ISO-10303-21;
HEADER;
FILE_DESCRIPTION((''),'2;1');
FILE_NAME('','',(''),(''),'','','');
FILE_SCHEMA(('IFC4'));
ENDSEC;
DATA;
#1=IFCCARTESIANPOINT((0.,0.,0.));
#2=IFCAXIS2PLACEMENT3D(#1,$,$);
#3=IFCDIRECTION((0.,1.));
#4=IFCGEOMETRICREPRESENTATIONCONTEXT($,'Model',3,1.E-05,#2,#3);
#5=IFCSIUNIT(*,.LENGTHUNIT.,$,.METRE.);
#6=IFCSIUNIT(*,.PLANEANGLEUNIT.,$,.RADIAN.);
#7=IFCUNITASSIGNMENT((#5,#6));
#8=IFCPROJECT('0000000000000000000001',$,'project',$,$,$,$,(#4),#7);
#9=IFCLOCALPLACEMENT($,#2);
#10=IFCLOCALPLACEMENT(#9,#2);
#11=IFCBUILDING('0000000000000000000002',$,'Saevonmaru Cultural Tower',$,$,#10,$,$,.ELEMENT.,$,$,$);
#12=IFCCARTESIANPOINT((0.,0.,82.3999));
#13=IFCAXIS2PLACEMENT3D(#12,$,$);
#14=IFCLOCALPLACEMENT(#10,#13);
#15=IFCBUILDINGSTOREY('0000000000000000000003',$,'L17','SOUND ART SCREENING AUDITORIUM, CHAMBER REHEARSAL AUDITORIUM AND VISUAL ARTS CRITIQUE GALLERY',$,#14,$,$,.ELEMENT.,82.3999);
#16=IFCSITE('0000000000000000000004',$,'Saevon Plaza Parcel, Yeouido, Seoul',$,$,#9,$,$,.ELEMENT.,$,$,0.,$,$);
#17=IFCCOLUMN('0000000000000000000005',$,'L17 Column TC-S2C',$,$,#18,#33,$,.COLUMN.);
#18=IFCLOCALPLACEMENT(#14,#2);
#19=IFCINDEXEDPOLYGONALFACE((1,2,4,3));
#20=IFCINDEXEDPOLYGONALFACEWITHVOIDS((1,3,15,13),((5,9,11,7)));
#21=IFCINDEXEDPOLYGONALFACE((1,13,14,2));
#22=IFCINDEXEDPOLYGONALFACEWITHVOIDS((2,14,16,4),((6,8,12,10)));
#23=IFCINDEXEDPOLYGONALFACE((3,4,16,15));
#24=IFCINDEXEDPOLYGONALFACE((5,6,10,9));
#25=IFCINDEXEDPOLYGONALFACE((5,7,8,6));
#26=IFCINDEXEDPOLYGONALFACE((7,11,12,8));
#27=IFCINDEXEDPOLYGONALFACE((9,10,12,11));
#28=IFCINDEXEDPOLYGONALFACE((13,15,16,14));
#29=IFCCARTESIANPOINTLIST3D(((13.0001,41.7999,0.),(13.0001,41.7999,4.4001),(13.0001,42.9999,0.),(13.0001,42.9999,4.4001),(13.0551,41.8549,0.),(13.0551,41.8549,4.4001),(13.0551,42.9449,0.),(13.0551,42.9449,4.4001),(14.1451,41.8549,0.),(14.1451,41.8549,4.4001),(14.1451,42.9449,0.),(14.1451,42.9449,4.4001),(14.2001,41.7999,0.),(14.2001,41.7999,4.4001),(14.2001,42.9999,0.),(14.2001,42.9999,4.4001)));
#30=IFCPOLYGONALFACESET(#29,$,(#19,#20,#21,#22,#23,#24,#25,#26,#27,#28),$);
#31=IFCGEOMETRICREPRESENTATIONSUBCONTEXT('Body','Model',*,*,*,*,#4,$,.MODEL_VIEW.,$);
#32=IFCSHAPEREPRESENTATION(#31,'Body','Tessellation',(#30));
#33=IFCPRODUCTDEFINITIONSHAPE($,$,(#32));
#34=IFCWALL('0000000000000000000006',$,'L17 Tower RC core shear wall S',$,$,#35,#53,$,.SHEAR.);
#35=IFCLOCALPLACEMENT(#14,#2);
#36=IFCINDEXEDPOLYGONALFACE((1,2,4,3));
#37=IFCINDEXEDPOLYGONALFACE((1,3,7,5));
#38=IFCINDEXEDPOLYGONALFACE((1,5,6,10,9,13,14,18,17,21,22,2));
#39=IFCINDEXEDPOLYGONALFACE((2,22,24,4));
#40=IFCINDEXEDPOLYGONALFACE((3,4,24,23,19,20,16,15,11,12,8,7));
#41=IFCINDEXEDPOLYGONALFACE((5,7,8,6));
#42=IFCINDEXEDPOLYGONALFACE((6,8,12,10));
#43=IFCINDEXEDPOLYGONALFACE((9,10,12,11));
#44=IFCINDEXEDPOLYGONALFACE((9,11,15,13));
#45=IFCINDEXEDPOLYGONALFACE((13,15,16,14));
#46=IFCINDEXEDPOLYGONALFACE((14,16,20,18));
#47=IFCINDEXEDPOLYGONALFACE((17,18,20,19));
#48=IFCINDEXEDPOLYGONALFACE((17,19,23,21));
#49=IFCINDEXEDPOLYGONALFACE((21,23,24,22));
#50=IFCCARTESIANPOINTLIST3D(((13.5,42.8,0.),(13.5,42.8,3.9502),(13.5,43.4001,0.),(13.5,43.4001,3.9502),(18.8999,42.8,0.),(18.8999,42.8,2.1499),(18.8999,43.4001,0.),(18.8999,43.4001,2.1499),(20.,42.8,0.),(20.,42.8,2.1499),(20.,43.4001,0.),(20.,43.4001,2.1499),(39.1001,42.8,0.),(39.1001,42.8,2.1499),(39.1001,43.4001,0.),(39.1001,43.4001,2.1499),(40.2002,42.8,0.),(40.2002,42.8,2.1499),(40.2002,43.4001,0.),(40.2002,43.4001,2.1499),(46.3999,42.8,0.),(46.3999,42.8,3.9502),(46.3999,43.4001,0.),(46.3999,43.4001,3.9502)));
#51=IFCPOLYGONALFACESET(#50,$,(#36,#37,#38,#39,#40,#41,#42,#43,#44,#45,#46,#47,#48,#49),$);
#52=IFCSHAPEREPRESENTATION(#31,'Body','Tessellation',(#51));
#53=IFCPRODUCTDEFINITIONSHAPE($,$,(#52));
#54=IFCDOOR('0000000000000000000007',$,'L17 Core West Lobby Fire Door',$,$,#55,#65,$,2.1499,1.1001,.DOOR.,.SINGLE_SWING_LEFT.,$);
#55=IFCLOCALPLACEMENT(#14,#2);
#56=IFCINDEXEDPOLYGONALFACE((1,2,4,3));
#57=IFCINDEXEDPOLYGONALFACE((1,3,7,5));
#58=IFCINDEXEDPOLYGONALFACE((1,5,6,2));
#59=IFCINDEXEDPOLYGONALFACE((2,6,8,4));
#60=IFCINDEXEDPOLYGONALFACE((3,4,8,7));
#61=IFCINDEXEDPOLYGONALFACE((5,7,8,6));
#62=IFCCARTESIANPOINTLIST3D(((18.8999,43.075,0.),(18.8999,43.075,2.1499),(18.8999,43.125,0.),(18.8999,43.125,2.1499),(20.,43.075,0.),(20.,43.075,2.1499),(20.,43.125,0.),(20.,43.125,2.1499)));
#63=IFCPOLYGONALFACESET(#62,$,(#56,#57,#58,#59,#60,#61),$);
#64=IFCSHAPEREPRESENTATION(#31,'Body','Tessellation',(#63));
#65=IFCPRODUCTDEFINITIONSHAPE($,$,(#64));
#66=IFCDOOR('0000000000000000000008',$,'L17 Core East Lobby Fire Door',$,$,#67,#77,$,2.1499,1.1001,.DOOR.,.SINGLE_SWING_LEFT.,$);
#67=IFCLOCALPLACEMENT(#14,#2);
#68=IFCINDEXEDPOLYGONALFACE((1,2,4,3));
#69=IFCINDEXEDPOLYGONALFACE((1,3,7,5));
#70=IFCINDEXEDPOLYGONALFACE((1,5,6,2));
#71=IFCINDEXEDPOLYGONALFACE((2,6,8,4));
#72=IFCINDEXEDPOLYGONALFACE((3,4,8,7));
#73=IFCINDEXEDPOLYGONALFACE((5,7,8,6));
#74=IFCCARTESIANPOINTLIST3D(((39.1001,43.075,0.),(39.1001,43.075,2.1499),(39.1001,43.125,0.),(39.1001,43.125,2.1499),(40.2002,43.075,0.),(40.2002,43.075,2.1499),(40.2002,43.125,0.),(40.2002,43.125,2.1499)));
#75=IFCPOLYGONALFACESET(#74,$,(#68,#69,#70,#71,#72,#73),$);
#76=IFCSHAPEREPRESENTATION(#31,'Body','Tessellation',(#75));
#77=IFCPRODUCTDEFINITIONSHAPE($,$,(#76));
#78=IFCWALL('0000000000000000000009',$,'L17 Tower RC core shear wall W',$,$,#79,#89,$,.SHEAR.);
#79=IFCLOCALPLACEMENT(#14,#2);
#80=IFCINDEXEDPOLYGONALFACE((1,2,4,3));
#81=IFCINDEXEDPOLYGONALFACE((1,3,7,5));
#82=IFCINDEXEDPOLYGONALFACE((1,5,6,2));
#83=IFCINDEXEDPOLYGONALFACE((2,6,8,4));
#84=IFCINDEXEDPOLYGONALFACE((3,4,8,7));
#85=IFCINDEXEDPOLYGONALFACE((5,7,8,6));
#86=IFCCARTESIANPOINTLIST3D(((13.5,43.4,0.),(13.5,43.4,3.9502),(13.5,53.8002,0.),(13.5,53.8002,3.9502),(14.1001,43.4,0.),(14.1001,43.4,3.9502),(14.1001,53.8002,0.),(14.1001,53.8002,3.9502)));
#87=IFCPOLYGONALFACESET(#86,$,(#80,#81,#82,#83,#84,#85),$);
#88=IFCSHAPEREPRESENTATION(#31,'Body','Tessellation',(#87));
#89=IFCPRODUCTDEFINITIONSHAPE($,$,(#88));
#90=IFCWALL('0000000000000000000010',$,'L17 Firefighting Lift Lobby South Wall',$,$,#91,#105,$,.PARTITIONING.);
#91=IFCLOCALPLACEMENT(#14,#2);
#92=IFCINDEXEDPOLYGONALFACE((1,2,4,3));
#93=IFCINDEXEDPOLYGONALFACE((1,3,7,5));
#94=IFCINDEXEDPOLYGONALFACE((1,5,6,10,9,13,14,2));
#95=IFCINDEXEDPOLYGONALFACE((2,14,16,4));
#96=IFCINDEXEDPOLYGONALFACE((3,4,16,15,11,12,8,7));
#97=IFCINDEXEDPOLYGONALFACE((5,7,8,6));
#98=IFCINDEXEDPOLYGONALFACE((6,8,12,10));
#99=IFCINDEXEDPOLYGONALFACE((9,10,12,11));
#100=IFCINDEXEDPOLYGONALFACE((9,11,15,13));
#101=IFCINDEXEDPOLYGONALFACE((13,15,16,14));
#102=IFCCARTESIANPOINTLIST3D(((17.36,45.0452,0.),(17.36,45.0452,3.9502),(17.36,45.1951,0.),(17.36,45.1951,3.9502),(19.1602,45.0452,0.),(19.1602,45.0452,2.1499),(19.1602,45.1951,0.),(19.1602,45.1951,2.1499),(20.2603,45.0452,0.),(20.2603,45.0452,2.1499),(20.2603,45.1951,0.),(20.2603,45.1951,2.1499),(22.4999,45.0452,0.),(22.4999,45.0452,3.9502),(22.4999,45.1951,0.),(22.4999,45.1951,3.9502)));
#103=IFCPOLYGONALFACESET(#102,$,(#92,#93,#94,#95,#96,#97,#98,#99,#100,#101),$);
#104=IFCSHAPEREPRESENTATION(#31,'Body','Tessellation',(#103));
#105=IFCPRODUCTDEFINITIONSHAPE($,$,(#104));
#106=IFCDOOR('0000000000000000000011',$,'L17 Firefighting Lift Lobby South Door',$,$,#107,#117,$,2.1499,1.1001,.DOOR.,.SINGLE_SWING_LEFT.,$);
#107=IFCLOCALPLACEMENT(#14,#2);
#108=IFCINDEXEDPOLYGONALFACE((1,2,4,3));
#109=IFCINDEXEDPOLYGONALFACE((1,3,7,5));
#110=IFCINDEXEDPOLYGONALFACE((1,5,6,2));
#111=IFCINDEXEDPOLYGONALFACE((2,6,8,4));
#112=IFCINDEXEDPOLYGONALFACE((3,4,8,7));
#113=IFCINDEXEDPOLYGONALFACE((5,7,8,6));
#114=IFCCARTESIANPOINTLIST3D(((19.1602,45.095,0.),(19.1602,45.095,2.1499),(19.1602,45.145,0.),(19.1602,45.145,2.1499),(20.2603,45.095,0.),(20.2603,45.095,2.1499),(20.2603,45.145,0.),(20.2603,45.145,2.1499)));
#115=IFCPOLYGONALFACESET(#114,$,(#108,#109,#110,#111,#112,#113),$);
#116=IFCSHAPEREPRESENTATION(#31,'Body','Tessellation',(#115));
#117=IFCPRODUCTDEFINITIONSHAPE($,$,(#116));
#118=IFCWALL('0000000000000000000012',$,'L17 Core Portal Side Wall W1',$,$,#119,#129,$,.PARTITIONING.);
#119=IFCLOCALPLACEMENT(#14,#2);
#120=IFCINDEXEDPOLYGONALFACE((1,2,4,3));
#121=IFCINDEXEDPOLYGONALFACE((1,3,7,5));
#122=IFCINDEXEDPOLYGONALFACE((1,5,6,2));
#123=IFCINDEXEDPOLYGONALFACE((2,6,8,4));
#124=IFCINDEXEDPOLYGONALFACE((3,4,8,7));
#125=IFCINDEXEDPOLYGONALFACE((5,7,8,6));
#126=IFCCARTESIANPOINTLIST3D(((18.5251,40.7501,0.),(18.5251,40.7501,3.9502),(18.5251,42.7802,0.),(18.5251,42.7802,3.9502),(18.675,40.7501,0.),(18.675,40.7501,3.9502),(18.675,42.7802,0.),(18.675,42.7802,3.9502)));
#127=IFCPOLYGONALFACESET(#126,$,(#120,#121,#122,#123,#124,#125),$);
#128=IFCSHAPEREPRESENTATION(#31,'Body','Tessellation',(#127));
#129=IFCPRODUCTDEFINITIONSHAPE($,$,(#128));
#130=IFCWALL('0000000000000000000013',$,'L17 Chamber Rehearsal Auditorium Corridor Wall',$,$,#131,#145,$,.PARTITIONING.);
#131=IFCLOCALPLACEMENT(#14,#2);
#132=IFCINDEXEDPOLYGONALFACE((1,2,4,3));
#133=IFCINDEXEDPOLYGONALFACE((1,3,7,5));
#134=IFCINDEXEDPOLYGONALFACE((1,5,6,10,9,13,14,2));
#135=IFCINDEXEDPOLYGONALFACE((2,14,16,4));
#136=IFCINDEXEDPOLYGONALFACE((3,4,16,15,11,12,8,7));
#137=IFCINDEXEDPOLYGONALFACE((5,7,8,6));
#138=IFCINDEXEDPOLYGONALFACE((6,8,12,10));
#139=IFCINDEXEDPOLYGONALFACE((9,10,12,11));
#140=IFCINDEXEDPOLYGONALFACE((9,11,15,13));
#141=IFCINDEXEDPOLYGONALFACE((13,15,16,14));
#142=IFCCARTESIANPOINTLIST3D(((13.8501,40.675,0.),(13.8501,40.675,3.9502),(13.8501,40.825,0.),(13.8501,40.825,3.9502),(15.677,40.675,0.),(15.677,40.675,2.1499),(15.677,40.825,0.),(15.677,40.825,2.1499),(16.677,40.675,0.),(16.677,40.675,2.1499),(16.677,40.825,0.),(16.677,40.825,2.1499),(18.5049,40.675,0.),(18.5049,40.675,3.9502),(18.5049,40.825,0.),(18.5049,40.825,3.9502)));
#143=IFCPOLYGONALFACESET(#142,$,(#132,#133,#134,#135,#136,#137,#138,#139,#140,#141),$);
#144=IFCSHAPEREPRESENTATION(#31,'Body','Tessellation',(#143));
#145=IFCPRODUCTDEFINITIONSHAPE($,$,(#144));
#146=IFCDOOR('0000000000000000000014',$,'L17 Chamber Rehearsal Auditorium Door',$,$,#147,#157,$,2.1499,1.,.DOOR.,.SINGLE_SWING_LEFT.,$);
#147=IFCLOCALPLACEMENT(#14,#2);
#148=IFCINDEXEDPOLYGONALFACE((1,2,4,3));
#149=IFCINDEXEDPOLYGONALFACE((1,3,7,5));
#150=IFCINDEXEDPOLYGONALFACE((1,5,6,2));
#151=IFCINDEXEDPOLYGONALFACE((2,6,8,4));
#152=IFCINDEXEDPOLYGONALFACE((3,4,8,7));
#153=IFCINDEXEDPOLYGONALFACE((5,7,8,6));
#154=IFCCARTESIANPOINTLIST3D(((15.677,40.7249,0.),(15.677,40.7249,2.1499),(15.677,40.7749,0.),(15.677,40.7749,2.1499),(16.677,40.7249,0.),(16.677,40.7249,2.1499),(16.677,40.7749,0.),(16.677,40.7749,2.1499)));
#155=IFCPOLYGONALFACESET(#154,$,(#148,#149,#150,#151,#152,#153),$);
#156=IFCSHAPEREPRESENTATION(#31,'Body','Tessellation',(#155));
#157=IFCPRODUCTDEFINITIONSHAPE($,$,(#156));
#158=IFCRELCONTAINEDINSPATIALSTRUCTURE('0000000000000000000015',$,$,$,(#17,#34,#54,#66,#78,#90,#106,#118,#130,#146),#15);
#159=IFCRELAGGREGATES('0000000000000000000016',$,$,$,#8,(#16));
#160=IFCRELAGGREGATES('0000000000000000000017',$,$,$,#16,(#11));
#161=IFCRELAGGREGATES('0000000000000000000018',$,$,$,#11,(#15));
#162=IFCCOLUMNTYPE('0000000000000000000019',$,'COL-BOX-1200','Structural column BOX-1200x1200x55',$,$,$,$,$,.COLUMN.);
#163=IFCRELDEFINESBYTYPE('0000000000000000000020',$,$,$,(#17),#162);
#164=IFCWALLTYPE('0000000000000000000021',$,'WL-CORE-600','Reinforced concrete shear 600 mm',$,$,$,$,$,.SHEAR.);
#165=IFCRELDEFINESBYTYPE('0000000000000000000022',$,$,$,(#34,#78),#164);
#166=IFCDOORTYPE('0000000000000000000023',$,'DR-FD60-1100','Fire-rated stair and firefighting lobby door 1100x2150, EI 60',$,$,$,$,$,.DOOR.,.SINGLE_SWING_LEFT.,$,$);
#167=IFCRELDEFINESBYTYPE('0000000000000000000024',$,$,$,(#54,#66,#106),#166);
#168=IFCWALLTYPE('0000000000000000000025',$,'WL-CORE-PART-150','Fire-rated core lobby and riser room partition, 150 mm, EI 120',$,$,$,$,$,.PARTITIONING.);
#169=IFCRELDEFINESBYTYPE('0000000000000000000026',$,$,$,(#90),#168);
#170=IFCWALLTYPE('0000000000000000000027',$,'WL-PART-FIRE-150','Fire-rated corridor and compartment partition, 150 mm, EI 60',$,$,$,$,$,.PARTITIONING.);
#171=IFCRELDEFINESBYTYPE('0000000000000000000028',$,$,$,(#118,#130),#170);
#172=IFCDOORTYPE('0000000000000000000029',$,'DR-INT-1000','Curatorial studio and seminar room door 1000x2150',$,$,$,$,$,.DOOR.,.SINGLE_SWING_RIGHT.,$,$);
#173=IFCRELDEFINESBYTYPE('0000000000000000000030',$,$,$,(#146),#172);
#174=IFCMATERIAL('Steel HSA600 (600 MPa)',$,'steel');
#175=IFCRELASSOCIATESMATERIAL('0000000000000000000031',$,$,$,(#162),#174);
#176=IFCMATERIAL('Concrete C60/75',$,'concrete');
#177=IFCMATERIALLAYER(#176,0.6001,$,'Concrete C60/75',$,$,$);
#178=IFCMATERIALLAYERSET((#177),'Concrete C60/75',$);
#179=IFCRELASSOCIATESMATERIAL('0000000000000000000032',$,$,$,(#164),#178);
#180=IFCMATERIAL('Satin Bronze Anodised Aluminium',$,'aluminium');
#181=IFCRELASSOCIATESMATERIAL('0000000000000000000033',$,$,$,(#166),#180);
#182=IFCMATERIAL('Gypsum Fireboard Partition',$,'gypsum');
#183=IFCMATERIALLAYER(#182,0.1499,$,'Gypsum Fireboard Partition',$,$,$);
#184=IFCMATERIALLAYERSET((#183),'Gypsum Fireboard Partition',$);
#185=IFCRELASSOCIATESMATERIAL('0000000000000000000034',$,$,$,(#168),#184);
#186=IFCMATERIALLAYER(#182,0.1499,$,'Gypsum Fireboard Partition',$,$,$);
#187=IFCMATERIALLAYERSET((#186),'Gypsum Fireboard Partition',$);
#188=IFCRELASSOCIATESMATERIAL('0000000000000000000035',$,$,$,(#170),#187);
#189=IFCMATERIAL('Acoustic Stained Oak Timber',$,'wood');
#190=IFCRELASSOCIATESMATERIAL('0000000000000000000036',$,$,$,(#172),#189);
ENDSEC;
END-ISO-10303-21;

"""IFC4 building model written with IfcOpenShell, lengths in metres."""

from ifc_helpers import new_model, si_unit, direction, frame, frame_2d, origin, origin_2d, place, context, subcontext, project, spatial, rectangle, hollow_rectangle, extrude, material, layer, layer_set, material_profile, profile_set, type_object, element, fill, save


model = new_model("IFC4")

# Units and contexts
model_context = context("Model", 3, precision=1e-05, world=origin(), true_north=direction((0.0, 1.0)))
body_context = subcontext(model_context, "Body", "Model", "MODEL_VIEW")
ifc_project = project(units=[si_unit("LENGTHUNIT", "METRE"), si_unit("PLANEANGLEUNIT", "RADIAN")], contexts=[model_context])

# Site, building, storey
site_placement = place(None, origin())
site = spatial("IfcSite", under=ifc_project, at=site_placement, Name="Saevon Plaza Parcel, Yeouido, Seoul", CompositionType="ELEMENT", RefElevation=0.0)
building_placement = place(site_placement, origin())
building = spatial("IfcBuilding", under=site, at=building_placement, Name="Saevonmaru Cultural Tower", CompositionType="ELEMENT")
storey_placement = place(building_placement, frame((0.0, 0.0, 82.3999)))
storey = spatial("IfcBuildingStorey", under=building, at=storey_placement, Name="L17", Description="SOUND ART SCREENING AUDITORIUM, CHAMBER REHEARSAL AUDITORIUM AND VISUAL ARTS CRITIQUE GALLERY", CompositionType="ELEMENT", Elevation=82.3999)

# Column
ifc_material_1 = material(Name="Steel HSA600 (600 MPa)", Category="steel")
ifc_material_profile = material_profile(ifc_material_1, hollow_rectangle(XDim=1.2, YDim=1.2, WallThickness=0.0549, at=origin_2d()), Name="BOX-1200x1200x55")
ifc_profile_set = profile_set([ifc_material_profile], Name="Steel HSA600 (600 MPa)")
column_type = type_object("IfcColumnType", Name="COL-BOX-1200", Description="Structural column BOX-1200x1200x55", PredefinedType="COLUMN", material=ifc_profile_set)
column_placement = place(storey_placement, frame((13.6001, 42.3999, 0.0), z_axis=(0.0, 0.0, 1.0), x_axis=(1.0, 0.0, 0.0)))
element("IfcColumn", 1, at=column_placement, inside=storey, type_object=column_type, Name="L17 Column TC-S2C", PredefinedType="COLUMN", context=body_context, shape_type="SweptSolid", body=[
    extrude(hollow_rectangle(XDim=1.2, YDim=1.2, WallThickness=0.0549, at=origin_2d()), origin(), (0.0, 0.0, 1.0), 4.4001),
])

# Wall, openings, doors
ifc_material_2 = material(Name="Concrete C60/75", Category="concrete")
ifc_layer_1 = layer(ifc_material_2, 0.6001, Name="Concrete C60/75")
ifc_layer_set_1 = layer_set([ifc_layer_1], Name="Concrete C60/75")
wall_type_1 = type_object("IfcWallType", Name="WL-CORE-600", Description="Reinforced concrete shear 600 mm", PredefinedType="SHEAR", material=ifc_layer_set_1)
wall_1_placement = place(storey_placement, frame((13.5, 43.1001, 0.0), z_axis=(0.0, 0.0, 1.0), x_axis=(1.0, 0.0, 0.0)))
wall_1 = element("IfcWall", 2, at=wall_1_placement, inside=storey, type_object=wall_type_1, Name="L17 Tower RC core shear wall S", PredefinedType="SHEAR", context=body_context, shape_type="SweptSolid", body=[
    extrude(rectangle(XDim=32.8999, YDim=0.6001, at=frame_2d((16.45, 0.0))), origin(), (0.0, 0.0, 1.0), 3.9502),
])
opening_1_placement = place(wall_1_placement, frame((5.3999, 0.0, 0.0)))
opening_1 = element("IfcOpeningElement", 3, at=opening_1_placement, cuts=wall_1, PredefinedType="OPENING", context=body_context, shape_type="SweptSolid", body=[
    extrude(rectangle(XDim=1.1001, YDim=2.1499, at=frame_2d((0.55, 1.075))), frame((0.0, 0.3101, 0.0), z_axis=(0.0, -1.0, 0.0), x_axis=(1.0, 0.0, 0.0)), (0.0, 0.0, 1.0), 0.6201),
])
opening_2_placement = place(wall_1_placement, frame((25.6001, 0.0, 0.0)))
opening_2 = element("IfcOpeningElement", 4, at=opening_2_placement, cuts=wall_1, PredefinedType="OPENING", context=body_context, shape_type="SweptSolid", body=[
    extrude(rectangle(XDim=1.1001, YDim=2.1499, at=frame_2d((0.55, 1.075))), frame((0.0, 0.3101, 0.0), z_axis=(0.0, -1.0, 0.0), x_axis=(1.0, 0.0, 0.0)), (0.0, 0.0, 1.0), 0.6201),
])
ifc_material_3 = material(Name="Satin Bronze Anodised Aluminium", Category="aluminium")
door_type_1 = type_object("IfcDoorType", Name="DR-FD60-1100", Description="Fire-rated stair and firefighting lobby door 1100x2150, EI 60", OperationType="SINGLE_SWING_LEFT", PredefinedType="DOOR", material=ifc_material_3)
door_1_placement = place(opening_1_placement, origin())
door_1 = element("IfcDoor", 5, at=door_1_placement, inside=storey, type_object=door_type_1, Name="L17 Core West Lobby Fire Door", OperationType="SINGLE_SWING_LEFT", OverallHeight=2.1499, OverallWidth=1.1001, PredefinedType="DOOR", context=body_context, shape_type="SweptSolid", body=[
    extrude(rectangle(XDim=1.1001, YDim=2.1499, at=frame_2d((0.55, 1.075))), frame((0.0, 0.0249, 0.0), z_axis=(0.0, -1.0, 0.0), x_axis=(1.0, 0.0, 0.0)), (0.0, 0.0, 1.0), 0.05),
])
fill(opening_1, door_1)
door_2_placement = place(opening_2_placement, origin())
door_2 = element("IfcDoor", 6, at=door_2_placement, inside=storey, type_object=door_type_1, Name="L17 Core East Lobby Fire Door", OperationType="SINGLE_SWING_LEFT", OverallHeight=2.1499, OverallWidth=1.1001, PredefinedType="DOOR", context=body_context, shape_type="SweptSolid", body=[
    extrude(rectangle(XDim=1.1001, YDim=2.1499, at=frame_2d((0.55, 1.075))), frame((0.0, 0.0249, 0.0), z_axis=(0.0, -1.0, 0.0), x_axis=(1.0, 0.0, 0.0)), (0.0, 0.0, 1.0), 0.05),
])
fill(opening_2, door_2)

# Wall
wall_2_placement = place(storey_placement, frame((13.8, 43.3999, 0.0), z_axis=(0.0, 0.0, 1.0), x_axis=(0.0, 1.0, 0.0)))
element("IfcWall", 7, at=wall_2_placement, inside=storey, type_object=wall_type_1, Name="L17 Tower RC core shear wall W", PredefinedType="SHEAR", context=body_context, shape_type="SweptSolid", body=[
    extrude(rectangle(XDim=10.4001, YDim=0.6001, at=frame_2d((5.2002, 0.0))), origin(), (0.0, 0.0, 1.0), 3.9502),
])

# Wall, opening, door
ifc_material_4 = material(Name="Gypsum Fireboard Partition", Category="gypsum")
ifc_layer_2 = layer(ifc_material_4, 0.1499, Name="Gypsum Fireboard Partition")
ifc_layer_set_2 = layer_set([ifc_layer_2], Name="Gypsum Fireboard Partition")
wall_type_2 = type_object("IfcWallType", Name="WL-CORE-PART-150", Description="Fire-rated core lobby and riser room partition, 150 mm, EI 120", PredefinedType="PARTITIONING", material=ifc_layer_set_2)
wall_3_placement = place(storey_placement, frame((17.3601, 45.1201, 0.0), z_axis=(0.0, 0.0, 1.0), x_axis=(1.0, 0.0, 0.0)))
wall_3 = element("IfcWall", 8, at=wall_3_placement, inside=storey, type_object=wall_type_2, Name="L17 Firefighting Lift Lobby South Wall", PredefinedType="PARTITIONING", context=body_context, shape_type="SweptSolid", body=[
    extrude(rectangle(XDim=5.1399, YDim=0.1499, at=frame_2d((2.5698, 0.0))), origin(), (0.0, 0.0, 1.0), 3.9502),
])
opening_3_placement = place(wall_3_placement, frame((1.8, 0.0, 0.0)))
opening_3 = element("IfcOpeningElement", 9, at=opening_3_placement, cuts=wall_3, PredefinedType="OPENING", context=body_context, shape_type="SweptSolid", body=[
    extrude(rectangle(XDim=1.1001, YDim=2.1499, at=frame_2d((0.55, 1.075))), frame((0.0, 0.085, 0.0), z_axis=(0.0, -1.0, 0.0), x_axis=(1.0, 0.0, 0.0)), (0.0, 0.0, 1.0), 0.1699),
])
door_3_placement = place(opening_3_placement, origin())
door_3 = element("IfcDoor", 10, at=door_3_placement, inside=storey, type_object=door_type_1, Name="L17 Firefighting Lift Lobby South Door", OperationType="SINGLE_SWING_LEFT", OverallHeight=2.1499, OverallWidth=1.1001, PredefinedType="DOOR", context=body_context, shape_type="SweptSolid", body=[
    extrude(rectangle(XDim=1.1001, YDim=2.1499, at=frame_2d((0.55, 1.075))), frame((0.0, 0.0249, 0.0), z_axis=(0.0, -1.0, 0.0), x_axis=(1.0, 0.0, 0.0)), (0.0, 0.0, 1.0), 0.05),
])
fill(opening_3, door_3)

# Wall
ifc_layer_3 = layer(ifc_material_4, 0.1499, Name="Gypsum Fireboard Partition")
ifc_layer_set_3 = layer_set([ifc_layer_3], Name="Gypsum Fireboard Partition")
wall_type_3 = type_object("IfcWallType", Name="WL-PART-FIRE-150", Description="Fire-rated corridor and compartment partition, 150 mm, EI 60", PredefinedType="PARTITIONING", material=ifc_layer_set_3)
wall_4_placement = place(storey_placement, frame((18.6001, 40.75, 0.0), z_axis=(0.0, 0.0, 1.0), x_axis=(0.0, 1.0, 0.0)))
element("IfcWall", 11, at=wall_4_placement, inside=storey, type_object=wall_type_3, Name="L17 Core Portal Side Wall W1", PredefinedType="PARTITIONING", context=body_context, shape_type="SweptSolid", body=[
    extrude(rectangle(XDim=2.03, YDim=0.1499, at=frame_2d((1.0151, 0.0))), origin(), (0.0, 0.0, 1.0), 3.9502),
])

# Wall, opening, door
wall_5_placement = place(storey_placement, frame((13.8501, 40.75, 0.0), z_axis=(0.0, 0.0, 1.0), x_axis=(1.0, 0.0, 0.0)))
wall_5 = element("IfcWall", 12, at=wall_5_placement, inside=storey, type_object=wall_type_3, Name="L17 Chamber Rehearsal Auditorium Corridor Wall", PredefinedType="PARTITIONING", context=body_context, shape_type="SweptSolid", body=[
    extrude(rectangle(XDim=4.6548, YDim=0.1499, at=frame_2d((2.3274, 0.0))), origin(), (0.0, 0.0, 1.0), 3.9502),
])
opening_4_placement = place(wall_5_placement, frame((1.8269, 0.0, 0.0)))
opening_4 = element("IfcOpeningElement", 13, at=opening_4_placement, cuts=wall_5, PredefinedType="OPENING", context=body_context, shape_type="SweptSolid", body=[
    extrude(rectangle(XDim=1.0, YDim=2.1499, at=frame_2d((0.5, 1.075))), frame((0.0, 0.085, 0.0), z_axis=(0.0, -1.0, 0.0), x_axis=(1.0, 0.0, 0.0)), (0.0, 0.0, 1.0), 0.1699),
])
ifc_material_5 = material(Name="Acoustic Stained Oak Timber", Category="wood")
door_type_2 = type_object("IfcDoorType", Name="DR-INT-1000", Description="Curatorial studio and seminar room door 1000x2150", OperationType="SINGLE_SWING_RIGHT", PredefinedType="DOOR", material=ifc_material_5)
door_4_placement = place(opening_4_placement, origin())
door_4 = element("IfcDoor", 14, at=door_4_placement, inside=storey, type_object=door_type_2, Name="L17 Chamber Rehearsal Auditorium Door", OperationType="SINGLE_SWING_LEFT", OverallHeight=2.1499, OverallWidth=1.0, PredefinedType="DOOR", context=body_context, shape_type="SweptSolid", body=[
    extrude(rectangle(XDim=1.0, YDim=2.1499, at=frame_2d((0.5, 1.075))), frame((0.0, 0.0249, 0.0), z_axis=(0.0, -1.0, 0.0), x_axis=(1.0, 0.0, 0.0)), (0.0, 0.0, 1.0), 0.05),
])
fill(opening_4, door_4)

save(model, "model.ifc")
